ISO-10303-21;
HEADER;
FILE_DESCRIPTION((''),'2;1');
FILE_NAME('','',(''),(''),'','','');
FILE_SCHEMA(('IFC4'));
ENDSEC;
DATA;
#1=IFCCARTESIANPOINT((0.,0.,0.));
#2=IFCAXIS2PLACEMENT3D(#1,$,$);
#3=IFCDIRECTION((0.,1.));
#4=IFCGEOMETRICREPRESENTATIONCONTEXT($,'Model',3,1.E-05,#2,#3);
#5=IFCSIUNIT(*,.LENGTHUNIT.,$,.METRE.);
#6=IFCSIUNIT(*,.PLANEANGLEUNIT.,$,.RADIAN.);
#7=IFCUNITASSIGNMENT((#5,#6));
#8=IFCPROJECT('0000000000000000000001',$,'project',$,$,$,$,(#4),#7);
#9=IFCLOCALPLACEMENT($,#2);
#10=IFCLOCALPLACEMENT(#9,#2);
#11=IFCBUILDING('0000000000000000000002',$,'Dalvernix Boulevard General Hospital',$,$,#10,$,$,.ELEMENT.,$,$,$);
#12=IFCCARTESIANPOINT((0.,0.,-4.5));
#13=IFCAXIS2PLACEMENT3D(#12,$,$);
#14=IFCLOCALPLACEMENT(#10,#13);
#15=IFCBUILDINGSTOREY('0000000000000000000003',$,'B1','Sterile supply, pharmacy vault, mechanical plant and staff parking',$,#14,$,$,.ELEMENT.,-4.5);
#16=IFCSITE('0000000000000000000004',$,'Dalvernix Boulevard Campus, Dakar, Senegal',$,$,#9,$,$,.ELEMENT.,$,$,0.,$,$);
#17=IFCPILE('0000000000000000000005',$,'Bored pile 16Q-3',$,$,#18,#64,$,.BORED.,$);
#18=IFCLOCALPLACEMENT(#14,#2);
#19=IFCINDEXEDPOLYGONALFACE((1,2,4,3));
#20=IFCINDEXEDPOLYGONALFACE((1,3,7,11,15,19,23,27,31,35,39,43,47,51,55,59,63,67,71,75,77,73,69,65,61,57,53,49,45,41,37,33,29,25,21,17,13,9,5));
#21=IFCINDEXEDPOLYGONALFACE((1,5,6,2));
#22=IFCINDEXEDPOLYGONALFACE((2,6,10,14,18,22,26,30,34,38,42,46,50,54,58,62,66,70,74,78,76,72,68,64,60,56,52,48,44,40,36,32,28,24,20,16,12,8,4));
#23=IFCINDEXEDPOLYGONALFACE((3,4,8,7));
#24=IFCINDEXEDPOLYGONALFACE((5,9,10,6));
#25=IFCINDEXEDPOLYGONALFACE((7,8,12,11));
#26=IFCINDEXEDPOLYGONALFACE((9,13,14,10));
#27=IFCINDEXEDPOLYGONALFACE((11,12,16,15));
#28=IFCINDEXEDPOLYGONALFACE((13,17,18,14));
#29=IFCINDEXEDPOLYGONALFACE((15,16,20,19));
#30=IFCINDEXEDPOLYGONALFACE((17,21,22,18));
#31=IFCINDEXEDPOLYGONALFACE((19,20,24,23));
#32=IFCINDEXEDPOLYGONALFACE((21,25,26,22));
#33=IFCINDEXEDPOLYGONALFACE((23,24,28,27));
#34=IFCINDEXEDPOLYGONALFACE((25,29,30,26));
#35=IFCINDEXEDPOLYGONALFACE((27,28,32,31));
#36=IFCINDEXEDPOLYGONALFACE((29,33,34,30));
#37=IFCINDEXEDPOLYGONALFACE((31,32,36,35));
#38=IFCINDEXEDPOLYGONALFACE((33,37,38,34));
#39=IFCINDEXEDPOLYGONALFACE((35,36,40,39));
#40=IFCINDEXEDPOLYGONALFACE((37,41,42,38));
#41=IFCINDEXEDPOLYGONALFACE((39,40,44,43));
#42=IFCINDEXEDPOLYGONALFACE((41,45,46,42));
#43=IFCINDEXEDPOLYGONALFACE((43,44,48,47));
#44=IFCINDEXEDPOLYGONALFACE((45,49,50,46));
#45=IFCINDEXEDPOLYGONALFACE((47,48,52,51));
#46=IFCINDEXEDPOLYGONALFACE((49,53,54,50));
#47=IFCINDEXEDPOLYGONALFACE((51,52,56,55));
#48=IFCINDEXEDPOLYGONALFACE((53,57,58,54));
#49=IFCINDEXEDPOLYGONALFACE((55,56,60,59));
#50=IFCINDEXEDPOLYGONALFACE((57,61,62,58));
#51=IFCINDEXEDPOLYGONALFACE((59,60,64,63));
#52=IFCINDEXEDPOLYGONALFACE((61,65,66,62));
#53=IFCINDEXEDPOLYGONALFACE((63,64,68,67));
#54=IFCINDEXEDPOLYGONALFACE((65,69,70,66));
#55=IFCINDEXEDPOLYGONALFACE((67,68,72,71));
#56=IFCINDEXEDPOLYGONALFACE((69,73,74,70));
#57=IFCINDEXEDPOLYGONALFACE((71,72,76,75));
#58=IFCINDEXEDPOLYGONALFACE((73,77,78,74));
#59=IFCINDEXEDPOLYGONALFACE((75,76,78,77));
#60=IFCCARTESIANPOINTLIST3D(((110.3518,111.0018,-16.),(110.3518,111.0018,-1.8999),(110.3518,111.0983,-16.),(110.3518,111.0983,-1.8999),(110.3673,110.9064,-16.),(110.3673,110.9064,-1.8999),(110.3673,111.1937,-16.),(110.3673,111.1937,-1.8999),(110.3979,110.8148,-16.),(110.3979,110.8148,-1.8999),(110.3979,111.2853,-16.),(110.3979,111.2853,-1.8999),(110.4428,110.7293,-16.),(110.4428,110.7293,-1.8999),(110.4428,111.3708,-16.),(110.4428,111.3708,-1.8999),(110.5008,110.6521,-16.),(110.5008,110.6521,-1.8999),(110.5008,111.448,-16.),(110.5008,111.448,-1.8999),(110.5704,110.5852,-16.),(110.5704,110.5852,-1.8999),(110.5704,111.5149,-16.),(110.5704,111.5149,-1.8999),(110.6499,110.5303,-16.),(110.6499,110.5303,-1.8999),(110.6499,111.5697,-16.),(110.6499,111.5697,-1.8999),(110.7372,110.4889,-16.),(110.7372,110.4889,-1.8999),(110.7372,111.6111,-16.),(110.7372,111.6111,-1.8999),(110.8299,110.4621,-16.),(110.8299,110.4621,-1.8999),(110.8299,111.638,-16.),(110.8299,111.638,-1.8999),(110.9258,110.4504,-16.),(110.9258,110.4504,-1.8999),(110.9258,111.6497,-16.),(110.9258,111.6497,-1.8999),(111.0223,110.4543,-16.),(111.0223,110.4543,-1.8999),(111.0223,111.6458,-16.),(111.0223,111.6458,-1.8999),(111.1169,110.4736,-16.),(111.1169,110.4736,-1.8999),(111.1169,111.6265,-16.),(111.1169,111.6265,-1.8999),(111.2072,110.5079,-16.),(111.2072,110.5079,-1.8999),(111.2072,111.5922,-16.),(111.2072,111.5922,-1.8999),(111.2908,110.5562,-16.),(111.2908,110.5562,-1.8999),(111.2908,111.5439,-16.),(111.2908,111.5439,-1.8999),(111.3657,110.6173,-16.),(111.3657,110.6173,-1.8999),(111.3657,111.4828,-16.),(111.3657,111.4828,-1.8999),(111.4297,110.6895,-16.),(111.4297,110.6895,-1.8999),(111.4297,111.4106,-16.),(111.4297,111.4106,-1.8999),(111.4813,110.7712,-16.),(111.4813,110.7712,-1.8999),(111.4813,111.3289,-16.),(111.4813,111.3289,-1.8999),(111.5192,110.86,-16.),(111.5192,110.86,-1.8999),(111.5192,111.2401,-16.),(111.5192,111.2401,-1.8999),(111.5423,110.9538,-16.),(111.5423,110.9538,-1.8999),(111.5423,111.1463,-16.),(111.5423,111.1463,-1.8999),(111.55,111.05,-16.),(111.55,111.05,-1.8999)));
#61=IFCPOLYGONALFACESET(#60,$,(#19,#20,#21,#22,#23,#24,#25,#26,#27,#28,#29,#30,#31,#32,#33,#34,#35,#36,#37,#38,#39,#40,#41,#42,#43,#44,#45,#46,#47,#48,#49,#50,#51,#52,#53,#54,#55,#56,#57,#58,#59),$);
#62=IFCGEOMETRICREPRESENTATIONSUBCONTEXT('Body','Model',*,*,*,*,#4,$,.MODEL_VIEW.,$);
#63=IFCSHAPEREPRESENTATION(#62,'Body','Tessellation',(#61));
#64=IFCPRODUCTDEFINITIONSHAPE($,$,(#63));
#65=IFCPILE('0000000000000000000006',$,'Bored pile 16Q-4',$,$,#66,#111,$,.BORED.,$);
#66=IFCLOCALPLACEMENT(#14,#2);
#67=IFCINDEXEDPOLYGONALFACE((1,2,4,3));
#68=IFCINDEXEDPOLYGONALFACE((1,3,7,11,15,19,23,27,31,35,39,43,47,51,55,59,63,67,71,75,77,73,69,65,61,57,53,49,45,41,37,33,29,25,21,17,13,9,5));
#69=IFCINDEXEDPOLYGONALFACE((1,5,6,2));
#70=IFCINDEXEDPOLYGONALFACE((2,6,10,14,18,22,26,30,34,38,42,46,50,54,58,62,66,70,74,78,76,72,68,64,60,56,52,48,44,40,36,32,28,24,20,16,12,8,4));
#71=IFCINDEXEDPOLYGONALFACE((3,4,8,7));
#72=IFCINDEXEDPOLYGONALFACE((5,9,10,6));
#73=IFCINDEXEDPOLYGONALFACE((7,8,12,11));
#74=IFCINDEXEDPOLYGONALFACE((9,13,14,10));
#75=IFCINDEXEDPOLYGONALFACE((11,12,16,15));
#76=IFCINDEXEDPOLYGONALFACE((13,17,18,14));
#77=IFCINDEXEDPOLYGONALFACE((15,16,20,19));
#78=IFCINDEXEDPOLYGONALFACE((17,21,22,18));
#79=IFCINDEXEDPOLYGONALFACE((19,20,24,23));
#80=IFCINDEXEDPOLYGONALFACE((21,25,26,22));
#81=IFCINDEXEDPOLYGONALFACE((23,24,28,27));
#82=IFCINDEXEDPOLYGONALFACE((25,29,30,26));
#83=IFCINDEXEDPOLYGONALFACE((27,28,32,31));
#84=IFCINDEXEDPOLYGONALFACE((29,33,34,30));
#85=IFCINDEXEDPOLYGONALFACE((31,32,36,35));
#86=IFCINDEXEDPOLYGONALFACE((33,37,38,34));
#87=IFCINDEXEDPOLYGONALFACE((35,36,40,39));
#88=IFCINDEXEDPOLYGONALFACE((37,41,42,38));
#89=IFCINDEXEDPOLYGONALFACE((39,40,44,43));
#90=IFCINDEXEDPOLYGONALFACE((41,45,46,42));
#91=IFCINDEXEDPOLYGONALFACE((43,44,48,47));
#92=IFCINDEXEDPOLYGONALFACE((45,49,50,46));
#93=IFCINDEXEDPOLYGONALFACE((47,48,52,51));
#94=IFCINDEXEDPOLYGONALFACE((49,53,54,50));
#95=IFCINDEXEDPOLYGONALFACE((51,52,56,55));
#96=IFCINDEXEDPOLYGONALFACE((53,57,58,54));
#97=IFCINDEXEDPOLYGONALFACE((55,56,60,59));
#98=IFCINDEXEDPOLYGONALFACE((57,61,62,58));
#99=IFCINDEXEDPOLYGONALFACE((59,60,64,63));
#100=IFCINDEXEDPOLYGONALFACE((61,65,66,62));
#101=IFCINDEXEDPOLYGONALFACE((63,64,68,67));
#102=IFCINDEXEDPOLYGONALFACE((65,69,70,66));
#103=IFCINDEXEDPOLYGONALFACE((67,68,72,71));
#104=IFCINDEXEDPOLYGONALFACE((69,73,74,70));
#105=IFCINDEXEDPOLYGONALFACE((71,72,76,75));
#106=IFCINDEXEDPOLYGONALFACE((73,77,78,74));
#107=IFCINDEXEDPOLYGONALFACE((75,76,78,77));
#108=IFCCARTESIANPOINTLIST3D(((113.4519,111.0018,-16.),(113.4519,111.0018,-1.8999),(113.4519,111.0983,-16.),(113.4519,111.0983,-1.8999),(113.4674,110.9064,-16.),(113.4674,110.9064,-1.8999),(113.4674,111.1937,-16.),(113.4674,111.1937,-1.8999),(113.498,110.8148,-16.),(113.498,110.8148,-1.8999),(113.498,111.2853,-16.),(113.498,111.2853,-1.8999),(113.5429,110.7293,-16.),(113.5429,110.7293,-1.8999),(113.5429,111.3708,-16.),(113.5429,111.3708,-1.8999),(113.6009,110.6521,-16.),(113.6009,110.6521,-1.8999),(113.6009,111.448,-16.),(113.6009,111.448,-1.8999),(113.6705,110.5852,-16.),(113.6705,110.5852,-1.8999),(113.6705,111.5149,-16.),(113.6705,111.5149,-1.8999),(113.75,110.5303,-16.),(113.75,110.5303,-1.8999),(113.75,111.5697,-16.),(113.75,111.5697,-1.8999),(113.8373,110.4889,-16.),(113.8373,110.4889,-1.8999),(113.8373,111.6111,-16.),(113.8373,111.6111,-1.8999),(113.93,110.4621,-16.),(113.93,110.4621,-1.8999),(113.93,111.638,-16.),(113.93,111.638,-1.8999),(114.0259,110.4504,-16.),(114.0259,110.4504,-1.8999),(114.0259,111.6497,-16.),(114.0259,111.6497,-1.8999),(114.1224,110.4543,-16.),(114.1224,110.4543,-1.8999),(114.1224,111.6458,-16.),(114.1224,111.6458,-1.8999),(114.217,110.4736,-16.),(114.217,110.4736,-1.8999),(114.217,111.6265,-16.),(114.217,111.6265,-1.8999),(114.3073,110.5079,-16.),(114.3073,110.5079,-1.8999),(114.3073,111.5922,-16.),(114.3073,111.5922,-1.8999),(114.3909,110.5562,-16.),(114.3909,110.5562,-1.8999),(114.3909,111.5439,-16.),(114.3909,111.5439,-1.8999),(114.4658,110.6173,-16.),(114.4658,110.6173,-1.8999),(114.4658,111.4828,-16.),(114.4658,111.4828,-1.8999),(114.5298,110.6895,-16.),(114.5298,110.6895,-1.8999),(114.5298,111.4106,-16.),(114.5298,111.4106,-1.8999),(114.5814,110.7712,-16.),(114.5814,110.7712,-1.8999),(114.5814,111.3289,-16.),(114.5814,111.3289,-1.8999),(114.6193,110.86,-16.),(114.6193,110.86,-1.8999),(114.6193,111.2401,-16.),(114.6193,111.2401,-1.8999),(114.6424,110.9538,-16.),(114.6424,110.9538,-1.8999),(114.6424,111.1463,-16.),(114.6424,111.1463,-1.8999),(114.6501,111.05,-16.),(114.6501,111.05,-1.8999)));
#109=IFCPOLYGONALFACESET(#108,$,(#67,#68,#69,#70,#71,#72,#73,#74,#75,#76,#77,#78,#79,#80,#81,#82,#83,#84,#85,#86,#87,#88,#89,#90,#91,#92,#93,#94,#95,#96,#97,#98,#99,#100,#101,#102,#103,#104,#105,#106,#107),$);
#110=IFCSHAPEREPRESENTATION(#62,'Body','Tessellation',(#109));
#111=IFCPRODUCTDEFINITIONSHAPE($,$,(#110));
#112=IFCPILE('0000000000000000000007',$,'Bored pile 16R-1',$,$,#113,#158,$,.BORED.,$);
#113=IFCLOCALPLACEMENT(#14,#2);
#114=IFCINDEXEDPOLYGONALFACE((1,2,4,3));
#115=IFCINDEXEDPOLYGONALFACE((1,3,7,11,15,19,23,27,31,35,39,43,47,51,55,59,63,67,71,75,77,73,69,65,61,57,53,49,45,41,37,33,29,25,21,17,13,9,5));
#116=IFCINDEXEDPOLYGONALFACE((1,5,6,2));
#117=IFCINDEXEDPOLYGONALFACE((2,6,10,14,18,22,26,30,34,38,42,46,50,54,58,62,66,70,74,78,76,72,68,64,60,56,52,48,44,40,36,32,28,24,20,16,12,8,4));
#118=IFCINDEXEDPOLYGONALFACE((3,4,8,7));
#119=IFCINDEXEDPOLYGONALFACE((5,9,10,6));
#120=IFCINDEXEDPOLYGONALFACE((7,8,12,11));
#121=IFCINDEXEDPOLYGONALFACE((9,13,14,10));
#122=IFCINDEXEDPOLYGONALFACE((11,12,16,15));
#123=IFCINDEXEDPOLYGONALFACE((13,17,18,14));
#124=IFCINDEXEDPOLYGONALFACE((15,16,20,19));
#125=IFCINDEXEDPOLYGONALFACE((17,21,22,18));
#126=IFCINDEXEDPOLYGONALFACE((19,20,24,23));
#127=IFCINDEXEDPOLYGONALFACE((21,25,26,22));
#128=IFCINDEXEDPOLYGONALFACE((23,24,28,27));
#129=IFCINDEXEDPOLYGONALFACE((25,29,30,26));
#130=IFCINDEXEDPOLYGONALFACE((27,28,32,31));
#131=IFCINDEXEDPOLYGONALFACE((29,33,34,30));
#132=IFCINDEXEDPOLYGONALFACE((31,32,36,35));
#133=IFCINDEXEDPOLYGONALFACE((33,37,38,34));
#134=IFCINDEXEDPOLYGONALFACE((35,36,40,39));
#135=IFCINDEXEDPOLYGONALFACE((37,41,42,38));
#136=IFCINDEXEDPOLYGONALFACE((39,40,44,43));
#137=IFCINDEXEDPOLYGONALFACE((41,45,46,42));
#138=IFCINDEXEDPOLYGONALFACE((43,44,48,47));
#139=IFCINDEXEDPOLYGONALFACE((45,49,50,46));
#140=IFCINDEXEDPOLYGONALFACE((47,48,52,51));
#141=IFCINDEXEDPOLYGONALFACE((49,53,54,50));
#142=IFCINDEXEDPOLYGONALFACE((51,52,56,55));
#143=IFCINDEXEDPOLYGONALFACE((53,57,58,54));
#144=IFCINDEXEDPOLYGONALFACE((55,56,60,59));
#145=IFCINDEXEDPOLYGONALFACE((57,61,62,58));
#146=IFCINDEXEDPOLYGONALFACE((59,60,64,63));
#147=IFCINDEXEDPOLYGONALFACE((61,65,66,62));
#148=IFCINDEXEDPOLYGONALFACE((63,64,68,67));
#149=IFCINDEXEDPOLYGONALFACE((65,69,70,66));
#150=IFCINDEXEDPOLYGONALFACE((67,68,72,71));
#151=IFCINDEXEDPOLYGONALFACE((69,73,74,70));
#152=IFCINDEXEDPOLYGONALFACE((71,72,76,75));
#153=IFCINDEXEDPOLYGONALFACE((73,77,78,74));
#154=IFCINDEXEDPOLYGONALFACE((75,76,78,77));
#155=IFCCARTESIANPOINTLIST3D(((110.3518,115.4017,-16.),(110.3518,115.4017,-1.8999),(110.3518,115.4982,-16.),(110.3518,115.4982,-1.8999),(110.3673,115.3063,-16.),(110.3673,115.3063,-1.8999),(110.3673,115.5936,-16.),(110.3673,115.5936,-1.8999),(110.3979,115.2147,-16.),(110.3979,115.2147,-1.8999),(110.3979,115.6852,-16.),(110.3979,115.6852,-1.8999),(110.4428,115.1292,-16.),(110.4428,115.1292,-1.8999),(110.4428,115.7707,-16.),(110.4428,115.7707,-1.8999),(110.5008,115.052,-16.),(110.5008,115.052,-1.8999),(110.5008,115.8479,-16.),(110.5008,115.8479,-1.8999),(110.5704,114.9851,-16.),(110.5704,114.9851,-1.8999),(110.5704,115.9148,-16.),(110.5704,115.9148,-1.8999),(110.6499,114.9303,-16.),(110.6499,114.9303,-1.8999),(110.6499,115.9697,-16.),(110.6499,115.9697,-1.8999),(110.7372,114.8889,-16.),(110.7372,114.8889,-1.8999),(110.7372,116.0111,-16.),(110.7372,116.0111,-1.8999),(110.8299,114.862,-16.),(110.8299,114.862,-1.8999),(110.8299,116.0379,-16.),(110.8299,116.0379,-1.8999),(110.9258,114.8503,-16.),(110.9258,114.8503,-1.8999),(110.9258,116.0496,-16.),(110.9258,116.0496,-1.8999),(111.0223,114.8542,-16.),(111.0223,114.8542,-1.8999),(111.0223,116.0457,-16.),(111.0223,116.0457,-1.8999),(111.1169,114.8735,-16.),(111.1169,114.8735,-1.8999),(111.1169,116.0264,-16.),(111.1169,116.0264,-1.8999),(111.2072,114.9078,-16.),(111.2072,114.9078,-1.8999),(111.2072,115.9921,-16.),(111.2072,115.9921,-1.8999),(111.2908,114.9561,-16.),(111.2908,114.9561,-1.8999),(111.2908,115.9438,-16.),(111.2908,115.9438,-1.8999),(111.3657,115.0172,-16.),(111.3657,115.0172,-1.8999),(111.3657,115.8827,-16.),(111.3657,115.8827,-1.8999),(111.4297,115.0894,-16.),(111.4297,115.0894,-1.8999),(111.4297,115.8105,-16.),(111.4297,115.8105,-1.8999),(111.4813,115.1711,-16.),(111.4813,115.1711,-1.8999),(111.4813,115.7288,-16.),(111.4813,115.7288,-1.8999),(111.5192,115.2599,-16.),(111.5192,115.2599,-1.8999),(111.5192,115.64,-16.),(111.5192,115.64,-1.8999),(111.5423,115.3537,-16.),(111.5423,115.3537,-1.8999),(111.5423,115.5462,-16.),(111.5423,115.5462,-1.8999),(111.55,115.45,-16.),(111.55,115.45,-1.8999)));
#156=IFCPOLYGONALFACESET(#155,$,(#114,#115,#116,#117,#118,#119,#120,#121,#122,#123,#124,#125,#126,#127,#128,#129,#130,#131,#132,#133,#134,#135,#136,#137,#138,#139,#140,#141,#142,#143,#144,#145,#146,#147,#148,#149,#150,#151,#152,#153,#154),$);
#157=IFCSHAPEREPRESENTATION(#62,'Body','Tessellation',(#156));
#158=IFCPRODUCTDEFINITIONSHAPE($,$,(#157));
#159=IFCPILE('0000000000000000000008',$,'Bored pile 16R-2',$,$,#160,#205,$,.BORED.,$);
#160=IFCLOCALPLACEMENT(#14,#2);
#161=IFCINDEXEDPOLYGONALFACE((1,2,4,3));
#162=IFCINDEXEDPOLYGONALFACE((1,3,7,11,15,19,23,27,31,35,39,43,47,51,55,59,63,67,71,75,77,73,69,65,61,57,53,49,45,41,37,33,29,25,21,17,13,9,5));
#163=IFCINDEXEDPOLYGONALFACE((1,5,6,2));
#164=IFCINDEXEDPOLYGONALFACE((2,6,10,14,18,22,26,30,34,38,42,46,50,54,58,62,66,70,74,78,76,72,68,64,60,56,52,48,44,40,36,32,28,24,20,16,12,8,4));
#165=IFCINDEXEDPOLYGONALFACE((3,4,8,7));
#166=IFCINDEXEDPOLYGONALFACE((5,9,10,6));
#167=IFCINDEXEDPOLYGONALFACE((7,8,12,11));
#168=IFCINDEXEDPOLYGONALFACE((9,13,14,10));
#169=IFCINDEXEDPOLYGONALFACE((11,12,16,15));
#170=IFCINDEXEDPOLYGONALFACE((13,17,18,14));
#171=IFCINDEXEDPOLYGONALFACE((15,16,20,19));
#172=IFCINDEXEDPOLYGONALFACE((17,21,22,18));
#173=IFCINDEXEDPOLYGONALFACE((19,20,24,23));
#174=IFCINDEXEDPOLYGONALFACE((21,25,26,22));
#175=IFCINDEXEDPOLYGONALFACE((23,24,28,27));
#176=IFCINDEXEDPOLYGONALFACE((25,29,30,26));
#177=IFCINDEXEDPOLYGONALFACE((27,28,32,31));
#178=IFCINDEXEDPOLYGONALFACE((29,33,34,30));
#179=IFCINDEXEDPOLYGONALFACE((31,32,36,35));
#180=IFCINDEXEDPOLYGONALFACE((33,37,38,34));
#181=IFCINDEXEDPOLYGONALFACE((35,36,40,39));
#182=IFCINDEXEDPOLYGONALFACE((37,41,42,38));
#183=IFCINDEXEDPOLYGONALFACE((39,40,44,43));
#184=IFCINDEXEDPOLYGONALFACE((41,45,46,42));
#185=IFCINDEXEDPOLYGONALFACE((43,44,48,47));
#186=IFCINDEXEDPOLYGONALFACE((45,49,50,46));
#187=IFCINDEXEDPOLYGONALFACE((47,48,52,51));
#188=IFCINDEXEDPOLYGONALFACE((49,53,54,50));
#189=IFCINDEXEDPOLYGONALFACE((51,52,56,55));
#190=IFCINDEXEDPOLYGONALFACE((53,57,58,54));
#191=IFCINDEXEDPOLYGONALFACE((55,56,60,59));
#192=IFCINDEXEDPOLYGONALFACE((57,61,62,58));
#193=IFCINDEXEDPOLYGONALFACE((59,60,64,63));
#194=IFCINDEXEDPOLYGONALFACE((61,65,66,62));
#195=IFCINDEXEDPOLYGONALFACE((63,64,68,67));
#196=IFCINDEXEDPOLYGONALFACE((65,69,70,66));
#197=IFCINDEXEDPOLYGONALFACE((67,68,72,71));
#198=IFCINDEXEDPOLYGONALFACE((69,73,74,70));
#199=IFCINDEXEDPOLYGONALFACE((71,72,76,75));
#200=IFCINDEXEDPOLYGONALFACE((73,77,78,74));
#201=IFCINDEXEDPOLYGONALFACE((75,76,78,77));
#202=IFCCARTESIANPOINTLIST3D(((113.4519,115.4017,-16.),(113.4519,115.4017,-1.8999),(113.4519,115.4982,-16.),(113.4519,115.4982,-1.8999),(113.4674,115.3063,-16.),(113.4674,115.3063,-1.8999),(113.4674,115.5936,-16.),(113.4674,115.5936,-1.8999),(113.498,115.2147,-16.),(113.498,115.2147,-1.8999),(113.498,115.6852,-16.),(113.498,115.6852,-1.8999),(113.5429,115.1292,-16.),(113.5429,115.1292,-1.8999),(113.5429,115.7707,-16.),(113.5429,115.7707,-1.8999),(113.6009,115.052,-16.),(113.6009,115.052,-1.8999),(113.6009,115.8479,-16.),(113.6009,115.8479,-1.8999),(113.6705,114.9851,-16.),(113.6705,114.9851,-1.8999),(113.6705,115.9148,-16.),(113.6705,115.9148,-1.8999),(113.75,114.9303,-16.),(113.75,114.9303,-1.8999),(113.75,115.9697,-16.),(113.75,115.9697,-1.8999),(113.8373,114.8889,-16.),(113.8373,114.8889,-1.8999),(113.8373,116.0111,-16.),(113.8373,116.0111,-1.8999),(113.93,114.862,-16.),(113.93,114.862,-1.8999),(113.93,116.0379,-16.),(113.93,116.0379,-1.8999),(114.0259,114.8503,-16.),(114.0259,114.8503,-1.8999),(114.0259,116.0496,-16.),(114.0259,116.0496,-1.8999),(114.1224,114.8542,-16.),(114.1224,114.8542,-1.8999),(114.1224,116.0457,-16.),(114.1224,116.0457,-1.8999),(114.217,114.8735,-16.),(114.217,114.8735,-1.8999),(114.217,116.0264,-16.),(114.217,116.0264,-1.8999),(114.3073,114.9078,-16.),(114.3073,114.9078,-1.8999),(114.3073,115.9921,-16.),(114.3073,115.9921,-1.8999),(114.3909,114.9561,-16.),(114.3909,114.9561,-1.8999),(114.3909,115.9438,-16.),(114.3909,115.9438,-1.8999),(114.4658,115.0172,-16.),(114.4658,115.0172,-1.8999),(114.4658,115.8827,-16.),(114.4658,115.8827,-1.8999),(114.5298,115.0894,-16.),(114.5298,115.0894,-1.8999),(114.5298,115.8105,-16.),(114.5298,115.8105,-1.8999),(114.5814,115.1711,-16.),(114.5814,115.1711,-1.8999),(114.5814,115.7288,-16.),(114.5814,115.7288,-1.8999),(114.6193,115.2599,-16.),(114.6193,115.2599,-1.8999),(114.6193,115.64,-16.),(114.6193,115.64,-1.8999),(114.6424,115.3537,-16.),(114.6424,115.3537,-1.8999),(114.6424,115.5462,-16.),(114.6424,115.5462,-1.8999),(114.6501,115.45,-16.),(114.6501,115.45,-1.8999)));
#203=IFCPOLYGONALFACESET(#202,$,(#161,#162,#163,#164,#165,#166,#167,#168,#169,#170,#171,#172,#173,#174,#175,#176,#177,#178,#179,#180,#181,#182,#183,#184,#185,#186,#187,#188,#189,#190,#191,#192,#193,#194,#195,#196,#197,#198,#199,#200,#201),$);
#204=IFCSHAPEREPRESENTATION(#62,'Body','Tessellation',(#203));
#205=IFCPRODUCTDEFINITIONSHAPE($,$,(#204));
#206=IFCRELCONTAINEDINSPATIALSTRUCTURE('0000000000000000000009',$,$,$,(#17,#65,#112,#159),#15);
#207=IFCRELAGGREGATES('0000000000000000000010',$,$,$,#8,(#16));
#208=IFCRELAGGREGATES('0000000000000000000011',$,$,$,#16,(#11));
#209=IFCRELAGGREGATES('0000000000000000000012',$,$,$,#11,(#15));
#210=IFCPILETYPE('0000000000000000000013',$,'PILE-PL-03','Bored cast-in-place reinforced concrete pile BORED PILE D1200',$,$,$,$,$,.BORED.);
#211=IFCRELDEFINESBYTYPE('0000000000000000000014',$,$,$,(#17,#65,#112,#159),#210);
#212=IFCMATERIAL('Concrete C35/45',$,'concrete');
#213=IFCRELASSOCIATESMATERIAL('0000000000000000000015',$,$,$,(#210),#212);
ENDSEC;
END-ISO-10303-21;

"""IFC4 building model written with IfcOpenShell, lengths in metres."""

from ifc_helpers import new_model, si_unit, direction, frame, origin, origin_2d, place, context, subcontext, project, spatial, circle, extrude, material, material_profile, profile_set, type_object, element, save


model = new_model("IFC4")

# Units and contexts
model_context = context("Model", 3, precision=1e-05, world=origin(), true_north=direction((0.0, 1.0)))
body_context = subcontext(model_context, "Body", "Model", "MODEL_VIEW")
ifc_project = project(units=[si_unit("LENGTHUNIT", "METRE"), si_unit("PLANEANGLEUNIT", "RADIAN")], contexts=[model_context])

# Site, building, storey
site_placement = place(None, origin())
site = spatial("IfcSite", under=ifc_project, at=site_placement, Name="Dalvernix Boulevard Campus, Dakar, Senegal", CompositionType="ELEMENT", RefElevation=0.0)
building_placement = place(site_placement, origin())
building = spatial("IfcBuilding", under=site, at=building_placement, Name="Dalvernix Boulevard General Hospital", CompositionType="ELEMENT")
storey_placement = place(building_placement, frame((0.0, 0.0, -4.5)))
storey = spatial("IfcBuildingStorey", under=building, at=storey_placement, Name="B1", Description="Sterile supply, pharmacy vault, mechanical plant and staff parking", CompositionType="ELEMENT", Elevation=-4.5)

# Shared definitions
ifc_material_1 = material(Name="Concrete C35/45", Category="concrete")

# Piles
ifc_material_profile_1 = material_profile(ifc_material_1, circle(Radius=0.6001, at=origin_2d()), Name="BORED PILE D1200")
ifc_profile_set_1 = profile_set([ifc_material_profile_1], Name="Concrete C35/45")
pile_type_1 = type_object("IfcPileType", Name="PILE-PL-03", Description="Bored cast-in-place reinforced concrete pile BORED PILE D1200", PredefinedType="BORED", material=ifc_profile_set_1)
for number, where, z_axis, x_axis, name in (
    (1, (110.95, 111.05, -1.8999), (0.0, 0.0, -1.0), (1.0, 0.0, 0.0), "Bored pile 16Q-3"),
    (2, (114.05, 111.05, -1.8999), (0.0, 0.0, -1.0), (1.0, 0.0, 0.0), "Bored pile 16Q-4"),
    (3, (110.95, 115.45, -1.8999), (0.0, 0.0, -1.0), (1.0, 0.0, 0.0), "Bored pile 16R-1"),
    (4, (114.05, 115.45, -1.8999), (0.0, 0.0, -1.0), (1.0, 0.0, 0.0), "Bored pile 16R-2"),
):
    element("IfcPile", number, at=place(storey_placement, frame(where, z_axis=z_axis, x_axis=x_axis)), inside=storey, type_object=pile_type_1, Name=name, PredefinedType="BORED", context=body_context, shape_type="SweptSolid", body=[
        extrude(circle(Radius=0.6001, at=origin_2d()), origin(), (0.0, 0.0, 1.0), 14.1001),
    ])

save(model, "model.ifc")
